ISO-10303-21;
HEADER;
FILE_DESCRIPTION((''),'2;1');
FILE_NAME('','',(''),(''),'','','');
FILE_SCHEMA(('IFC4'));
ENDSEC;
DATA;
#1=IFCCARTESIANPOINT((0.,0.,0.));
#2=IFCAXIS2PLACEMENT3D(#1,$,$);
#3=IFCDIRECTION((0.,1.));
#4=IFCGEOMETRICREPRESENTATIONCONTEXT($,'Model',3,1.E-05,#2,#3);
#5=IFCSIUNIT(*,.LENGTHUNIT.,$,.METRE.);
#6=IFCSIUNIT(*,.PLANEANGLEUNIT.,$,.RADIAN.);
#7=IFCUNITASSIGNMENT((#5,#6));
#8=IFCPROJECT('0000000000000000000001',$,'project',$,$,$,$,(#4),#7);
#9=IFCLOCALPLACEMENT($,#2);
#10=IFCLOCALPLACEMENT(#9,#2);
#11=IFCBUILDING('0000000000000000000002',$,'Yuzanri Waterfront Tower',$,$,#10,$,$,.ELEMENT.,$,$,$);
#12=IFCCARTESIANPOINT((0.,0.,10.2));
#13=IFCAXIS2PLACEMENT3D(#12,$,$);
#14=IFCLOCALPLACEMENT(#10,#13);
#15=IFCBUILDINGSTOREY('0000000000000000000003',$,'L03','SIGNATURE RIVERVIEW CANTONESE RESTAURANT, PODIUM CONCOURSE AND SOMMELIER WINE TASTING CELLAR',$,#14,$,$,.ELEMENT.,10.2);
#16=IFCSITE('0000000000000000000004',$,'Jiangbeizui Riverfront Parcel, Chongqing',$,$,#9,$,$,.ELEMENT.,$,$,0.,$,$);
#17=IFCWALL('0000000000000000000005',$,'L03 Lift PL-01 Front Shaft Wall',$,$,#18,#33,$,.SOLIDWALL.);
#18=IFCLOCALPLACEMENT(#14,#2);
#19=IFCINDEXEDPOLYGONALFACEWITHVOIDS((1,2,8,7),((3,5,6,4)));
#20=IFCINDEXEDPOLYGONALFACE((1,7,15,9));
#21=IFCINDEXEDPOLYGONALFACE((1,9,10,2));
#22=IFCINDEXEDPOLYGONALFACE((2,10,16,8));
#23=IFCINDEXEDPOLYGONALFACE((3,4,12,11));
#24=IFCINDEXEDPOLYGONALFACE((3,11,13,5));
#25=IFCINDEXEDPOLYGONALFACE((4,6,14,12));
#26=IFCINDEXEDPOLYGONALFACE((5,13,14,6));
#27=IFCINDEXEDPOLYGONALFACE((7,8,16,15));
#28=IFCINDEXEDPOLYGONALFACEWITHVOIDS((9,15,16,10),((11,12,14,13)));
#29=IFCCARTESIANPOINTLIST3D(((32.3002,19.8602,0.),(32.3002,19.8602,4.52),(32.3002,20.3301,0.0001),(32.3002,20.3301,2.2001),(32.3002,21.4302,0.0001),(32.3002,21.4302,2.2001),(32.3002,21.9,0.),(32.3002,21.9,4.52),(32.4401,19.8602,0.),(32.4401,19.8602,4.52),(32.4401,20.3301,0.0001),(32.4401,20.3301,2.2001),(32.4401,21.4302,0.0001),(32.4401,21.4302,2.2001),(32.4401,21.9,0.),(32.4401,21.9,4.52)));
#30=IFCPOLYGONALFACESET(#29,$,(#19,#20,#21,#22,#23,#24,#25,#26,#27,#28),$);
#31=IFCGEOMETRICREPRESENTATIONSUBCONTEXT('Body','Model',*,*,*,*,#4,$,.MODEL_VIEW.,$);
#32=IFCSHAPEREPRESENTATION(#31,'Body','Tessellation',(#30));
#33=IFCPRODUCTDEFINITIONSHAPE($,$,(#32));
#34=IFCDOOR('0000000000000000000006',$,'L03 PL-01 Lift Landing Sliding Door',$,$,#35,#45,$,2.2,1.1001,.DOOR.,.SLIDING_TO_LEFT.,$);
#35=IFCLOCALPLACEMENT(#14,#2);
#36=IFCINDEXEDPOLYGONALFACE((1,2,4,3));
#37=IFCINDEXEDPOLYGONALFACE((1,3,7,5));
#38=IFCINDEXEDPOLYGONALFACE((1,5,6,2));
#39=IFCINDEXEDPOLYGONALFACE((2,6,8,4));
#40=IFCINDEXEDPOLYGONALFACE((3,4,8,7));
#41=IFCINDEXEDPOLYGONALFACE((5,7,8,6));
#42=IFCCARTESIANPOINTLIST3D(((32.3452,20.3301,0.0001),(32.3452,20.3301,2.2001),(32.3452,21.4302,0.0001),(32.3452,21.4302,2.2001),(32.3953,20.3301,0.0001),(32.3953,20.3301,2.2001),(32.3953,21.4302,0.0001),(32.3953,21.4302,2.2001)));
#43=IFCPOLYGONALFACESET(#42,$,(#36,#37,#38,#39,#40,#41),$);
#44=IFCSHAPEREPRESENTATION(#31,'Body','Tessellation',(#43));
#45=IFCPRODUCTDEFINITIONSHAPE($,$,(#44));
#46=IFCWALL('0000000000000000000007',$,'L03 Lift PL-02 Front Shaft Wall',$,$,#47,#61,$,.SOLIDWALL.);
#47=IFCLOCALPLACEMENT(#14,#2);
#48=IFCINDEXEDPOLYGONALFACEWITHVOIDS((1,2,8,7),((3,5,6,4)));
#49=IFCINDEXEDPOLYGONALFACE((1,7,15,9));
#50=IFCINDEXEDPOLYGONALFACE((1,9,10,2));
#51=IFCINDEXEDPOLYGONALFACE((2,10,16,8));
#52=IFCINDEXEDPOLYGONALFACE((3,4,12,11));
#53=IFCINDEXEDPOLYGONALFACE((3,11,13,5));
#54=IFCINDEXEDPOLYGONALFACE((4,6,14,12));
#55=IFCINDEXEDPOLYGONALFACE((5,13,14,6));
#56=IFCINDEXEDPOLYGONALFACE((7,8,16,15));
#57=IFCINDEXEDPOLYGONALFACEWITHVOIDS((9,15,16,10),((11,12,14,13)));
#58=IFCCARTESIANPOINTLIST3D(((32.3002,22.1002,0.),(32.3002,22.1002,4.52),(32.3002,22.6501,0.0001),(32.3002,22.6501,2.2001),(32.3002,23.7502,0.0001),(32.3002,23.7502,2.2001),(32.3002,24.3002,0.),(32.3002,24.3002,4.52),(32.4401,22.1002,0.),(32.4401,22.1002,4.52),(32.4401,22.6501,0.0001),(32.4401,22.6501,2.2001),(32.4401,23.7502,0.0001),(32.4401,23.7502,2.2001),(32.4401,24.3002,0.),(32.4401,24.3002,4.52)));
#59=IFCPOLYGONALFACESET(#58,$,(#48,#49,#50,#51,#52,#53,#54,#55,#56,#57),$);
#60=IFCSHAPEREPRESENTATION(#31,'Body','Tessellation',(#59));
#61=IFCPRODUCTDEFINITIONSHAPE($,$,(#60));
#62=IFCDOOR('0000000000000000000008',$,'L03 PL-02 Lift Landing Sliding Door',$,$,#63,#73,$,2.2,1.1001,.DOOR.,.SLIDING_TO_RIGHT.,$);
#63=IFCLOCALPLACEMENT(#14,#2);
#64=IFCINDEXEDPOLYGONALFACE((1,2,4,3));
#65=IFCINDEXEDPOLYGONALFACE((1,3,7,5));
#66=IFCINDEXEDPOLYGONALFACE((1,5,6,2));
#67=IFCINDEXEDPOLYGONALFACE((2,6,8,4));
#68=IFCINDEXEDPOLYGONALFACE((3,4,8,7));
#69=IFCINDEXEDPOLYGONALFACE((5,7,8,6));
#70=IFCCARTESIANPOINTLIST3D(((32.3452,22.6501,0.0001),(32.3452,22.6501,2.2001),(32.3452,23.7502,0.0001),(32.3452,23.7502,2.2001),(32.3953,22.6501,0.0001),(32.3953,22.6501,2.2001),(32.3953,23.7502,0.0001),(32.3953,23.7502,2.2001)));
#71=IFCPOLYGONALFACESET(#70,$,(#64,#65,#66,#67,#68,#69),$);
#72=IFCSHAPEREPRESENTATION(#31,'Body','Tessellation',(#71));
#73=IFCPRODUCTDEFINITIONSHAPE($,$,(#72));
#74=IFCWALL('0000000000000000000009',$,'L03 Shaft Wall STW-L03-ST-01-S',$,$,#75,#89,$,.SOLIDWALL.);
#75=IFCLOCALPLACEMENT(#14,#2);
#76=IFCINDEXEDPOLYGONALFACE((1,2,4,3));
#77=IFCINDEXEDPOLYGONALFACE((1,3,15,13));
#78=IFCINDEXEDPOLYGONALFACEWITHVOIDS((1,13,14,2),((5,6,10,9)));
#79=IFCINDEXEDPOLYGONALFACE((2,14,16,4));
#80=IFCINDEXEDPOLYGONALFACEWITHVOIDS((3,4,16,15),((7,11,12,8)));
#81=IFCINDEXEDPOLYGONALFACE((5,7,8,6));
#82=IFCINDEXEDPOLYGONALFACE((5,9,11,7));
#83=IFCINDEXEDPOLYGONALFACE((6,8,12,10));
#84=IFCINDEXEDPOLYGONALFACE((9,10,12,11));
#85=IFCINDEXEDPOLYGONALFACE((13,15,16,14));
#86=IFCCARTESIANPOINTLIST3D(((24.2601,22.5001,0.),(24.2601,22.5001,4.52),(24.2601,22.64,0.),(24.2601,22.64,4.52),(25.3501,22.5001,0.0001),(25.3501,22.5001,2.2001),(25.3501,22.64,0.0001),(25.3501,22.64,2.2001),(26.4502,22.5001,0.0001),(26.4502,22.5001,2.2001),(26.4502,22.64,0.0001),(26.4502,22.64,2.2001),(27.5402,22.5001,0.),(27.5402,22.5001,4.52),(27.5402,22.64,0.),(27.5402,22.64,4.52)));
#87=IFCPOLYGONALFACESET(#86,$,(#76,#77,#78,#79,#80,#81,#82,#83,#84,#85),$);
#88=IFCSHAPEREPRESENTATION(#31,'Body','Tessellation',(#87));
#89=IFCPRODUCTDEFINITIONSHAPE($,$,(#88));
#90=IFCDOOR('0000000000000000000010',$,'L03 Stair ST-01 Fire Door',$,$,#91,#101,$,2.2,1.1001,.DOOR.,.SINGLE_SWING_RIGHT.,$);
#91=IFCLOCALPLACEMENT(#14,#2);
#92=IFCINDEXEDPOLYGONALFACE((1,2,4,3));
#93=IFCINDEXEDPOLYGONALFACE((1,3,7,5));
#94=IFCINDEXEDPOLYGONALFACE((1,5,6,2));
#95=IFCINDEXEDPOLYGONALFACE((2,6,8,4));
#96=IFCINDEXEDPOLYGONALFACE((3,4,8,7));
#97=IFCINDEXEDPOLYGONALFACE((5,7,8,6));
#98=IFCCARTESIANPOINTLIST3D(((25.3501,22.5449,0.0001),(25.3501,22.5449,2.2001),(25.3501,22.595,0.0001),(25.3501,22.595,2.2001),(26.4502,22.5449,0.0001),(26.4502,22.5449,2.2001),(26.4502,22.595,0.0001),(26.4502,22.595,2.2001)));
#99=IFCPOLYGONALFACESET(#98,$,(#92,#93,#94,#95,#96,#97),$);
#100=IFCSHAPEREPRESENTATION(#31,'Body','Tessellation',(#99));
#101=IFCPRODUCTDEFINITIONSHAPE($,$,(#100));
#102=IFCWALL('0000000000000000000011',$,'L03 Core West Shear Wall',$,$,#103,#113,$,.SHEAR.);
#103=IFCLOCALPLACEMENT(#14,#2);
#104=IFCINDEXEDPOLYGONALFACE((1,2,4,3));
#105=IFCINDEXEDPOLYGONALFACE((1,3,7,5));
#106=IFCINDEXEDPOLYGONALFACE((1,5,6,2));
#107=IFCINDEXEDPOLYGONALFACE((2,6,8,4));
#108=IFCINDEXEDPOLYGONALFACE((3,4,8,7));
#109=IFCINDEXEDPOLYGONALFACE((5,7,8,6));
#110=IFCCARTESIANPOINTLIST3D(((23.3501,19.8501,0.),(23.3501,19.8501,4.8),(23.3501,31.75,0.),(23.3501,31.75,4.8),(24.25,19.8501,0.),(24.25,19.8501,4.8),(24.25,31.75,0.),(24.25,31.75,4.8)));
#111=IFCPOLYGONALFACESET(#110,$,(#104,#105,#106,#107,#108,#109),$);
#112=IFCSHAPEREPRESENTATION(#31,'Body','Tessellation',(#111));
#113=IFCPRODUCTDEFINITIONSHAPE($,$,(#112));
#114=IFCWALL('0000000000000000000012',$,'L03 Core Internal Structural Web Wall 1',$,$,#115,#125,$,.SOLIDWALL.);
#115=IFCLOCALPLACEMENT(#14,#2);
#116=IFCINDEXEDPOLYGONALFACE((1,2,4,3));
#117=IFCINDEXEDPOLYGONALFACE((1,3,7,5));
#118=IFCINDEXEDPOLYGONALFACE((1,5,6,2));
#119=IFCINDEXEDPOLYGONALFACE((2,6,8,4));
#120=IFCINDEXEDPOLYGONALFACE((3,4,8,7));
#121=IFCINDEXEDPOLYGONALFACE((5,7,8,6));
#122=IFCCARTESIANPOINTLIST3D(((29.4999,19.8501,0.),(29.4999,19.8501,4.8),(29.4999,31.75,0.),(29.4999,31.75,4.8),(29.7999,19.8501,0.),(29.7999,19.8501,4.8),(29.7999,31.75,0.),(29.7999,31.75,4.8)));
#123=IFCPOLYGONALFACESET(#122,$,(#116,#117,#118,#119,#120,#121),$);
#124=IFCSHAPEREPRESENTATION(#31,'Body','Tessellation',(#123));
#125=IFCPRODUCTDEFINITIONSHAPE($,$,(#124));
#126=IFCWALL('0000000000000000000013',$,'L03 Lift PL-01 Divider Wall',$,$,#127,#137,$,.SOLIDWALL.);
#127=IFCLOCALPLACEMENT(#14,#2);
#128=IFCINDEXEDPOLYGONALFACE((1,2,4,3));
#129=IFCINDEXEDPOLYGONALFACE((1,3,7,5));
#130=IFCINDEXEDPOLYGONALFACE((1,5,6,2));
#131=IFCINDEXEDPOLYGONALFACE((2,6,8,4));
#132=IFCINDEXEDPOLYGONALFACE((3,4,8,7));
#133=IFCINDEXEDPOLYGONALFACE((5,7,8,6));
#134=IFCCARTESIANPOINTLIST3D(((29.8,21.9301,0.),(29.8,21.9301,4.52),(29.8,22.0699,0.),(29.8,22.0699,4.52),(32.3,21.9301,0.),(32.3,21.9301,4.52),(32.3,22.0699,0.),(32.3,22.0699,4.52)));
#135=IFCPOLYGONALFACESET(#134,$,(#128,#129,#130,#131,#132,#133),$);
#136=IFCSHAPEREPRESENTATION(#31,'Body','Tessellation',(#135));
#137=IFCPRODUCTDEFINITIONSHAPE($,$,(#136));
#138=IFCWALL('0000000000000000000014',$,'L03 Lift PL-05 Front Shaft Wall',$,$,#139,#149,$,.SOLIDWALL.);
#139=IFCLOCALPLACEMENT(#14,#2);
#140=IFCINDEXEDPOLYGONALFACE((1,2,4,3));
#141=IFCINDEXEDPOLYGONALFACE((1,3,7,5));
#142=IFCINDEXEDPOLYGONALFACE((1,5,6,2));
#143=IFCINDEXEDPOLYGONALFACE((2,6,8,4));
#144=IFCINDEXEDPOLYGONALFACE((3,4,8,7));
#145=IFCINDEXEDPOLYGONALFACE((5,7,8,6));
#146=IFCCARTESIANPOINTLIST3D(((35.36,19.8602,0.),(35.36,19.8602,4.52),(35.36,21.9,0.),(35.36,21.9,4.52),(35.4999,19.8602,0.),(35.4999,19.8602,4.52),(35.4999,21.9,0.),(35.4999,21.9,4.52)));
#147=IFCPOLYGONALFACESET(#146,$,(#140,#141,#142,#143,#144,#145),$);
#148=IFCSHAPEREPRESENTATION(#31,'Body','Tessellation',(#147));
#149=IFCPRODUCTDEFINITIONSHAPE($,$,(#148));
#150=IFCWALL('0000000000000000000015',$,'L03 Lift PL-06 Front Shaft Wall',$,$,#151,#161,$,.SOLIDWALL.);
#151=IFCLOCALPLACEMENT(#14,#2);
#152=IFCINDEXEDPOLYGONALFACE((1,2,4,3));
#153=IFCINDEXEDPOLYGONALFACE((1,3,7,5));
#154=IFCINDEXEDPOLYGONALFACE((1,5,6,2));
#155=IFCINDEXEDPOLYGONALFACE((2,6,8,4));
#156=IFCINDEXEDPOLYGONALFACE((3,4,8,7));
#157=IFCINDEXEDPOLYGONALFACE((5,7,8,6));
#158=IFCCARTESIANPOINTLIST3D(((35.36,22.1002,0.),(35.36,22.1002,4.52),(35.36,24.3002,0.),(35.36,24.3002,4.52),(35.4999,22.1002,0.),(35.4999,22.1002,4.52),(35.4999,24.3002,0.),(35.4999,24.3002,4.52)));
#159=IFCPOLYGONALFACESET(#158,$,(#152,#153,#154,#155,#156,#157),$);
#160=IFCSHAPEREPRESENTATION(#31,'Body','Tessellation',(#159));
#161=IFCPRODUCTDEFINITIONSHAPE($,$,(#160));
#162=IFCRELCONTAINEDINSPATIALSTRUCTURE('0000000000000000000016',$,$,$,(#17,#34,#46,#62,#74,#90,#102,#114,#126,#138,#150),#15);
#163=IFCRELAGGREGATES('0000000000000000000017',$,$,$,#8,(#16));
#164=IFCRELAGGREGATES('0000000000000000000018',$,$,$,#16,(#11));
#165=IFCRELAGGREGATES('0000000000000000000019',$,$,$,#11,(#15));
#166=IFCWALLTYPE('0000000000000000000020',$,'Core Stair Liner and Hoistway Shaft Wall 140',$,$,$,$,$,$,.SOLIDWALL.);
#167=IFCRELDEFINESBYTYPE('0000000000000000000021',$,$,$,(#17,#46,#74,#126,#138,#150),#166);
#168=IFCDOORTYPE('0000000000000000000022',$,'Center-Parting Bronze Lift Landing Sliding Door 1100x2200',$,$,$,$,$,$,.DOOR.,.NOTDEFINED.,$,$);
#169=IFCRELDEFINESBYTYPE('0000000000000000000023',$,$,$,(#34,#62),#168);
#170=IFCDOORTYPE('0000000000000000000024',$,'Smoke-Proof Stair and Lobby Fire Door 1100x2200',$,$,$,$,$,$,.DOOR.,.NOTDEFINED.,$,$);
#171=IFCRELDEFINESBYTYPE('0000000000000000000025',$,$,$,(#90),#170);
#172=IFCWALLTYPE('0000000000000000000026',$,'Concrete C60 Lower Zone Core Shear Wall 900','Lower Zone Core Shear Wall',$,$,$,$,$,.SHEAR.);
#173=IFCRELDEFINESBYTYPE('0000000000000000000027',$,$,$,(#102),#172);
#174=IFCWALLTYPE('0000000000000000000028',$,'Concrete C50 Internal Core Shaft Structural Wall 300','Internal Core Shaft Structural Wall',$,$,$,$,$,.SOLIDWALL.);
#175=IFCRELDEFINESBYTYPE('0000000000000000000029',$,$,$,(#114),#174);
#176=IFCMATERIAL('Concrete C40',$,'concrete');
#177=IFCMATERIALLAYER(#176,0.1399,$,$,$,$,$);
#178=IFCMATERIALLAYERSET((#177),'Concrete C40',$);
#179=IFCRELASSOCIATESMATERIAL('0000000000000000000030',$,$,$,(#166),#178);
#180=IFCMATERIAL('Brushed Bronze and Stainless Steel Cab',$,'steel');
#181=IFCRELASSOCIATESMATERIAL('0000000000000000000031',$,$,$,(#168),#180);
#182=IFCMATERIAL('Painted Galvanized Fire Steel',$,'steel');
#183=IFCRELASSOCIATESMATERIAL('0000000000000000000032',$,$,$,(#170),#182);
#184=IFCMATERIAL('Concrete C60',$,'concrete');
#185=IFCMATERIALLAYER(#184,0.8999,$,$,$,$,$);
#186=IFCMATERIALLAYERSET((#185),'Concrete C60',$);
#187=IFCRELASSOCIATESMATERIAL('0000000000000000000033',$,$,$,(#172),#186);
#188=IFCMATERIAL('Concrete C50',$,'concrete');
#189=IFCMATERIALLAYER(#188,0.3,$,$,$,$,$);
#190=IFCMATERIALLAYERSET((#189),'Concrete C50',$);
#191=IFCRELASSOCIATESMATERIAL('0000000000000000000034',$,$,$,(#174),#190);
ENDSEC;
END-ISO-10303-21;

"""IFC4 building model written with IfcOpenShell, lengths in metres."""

from ifc_helpers import new_model, si_unit, direction, frame, frame_2d, origin, place, context, subcontext, project, spatial, rectangle, extrude, source, transform, mapped, material, layer, layer_set, type_object, element, fill, save


model = new_model("IFC4")

# Units and contexts
model_context = context("Model", 3, precision=1e-05, world=origin(), true_north=direction((0.0, 1.0)))
body_context = subcontext(model_context, "Body", "Model", "MODEL_VIEW")
ifc_project = project(units=[si_unit("LENGTHUNIT", "METRE"), si_unit("PLANEANGLEUNIT", "RADIAN")], contexts=[model_context])

# Site, building, storey
site_placement = place(None, origin())
site = spatial("IfcSite", under=ifc_project, at=site_placement, Name="Jiangbeizui Riverfront Parcel, Chongqing", CompositionType="ELEMENT", RefElevation=0.0)
building_placement = place(site_placement, origin())
building = spatial("IfcBuilding", under=site, at=building_placement, Name="Yuzanri Waterfront Tower", CompositionType="ELEMENT")
storey_placement = place(building_placement, frame((0.0, 0.0, 10.2)))
storey = spatial("IfcBuildingStorey", under=building, at=storey_placement, Name="L03", Description="SIGNATURE RIVERVIEW CANTONESE RESTAURANT, PODIUM CONCOURSE AND SOMMELIER WINE TASTING CELLAR", CompositionType="ELEMENT", Elevation=10.2)

# Walls, openings, doors
ifc_material_1 = material(Name="Concrete C40", Category="concrete")
ifc_layer_1 = layer(ifc_material_1, 0.1399)
ifc_layer_set_1 = layer_set([ifc_layer_1], Name="Concrete C40")
wall_type_1 = type_object("IfcWallType", Name="Core Stair Liner and Hoistway Shaft Wall 140", PredefinedType="SOLIDWALL", material=ifc_layer_set_1)
wall_1_placement = place(storey_placement, frame((32.3701, 19.8601, 0.0), z_axis=(0.0, 0.0, 1.0), x_axis=(0.0, 1.0, 0.0)))
wall_1 = element("IfcWall", 1, at=wall_1_placement, inside=storey, type_object=wall_type_1, Name="L03 Lift PL-01 Front Shaft Wall", PredefinedType="SOLIDWALL", context=body_context, shape_type="SweptSolid", body=[
    extrude(rectangle(XDim=2.0398, YDim=0.1399, at=frame_2d((1.02, 0.0))), origin(), (0.0, 0.0, 1.0), 4.52),
])
opening_1_placement = place(wall_1_placement, frame((0.47, 0.0, 0.0)))
opening_1 = element("IfcOpeningElement", 2, at=opening_1_placement, cuts=wall_1, PredefinedType="OPENING", context=body_context, shape_type="SweptSolid", body=[
    extrude(rectangle(XDim=1.1001, YDim=2.2, at=frame_2d((0.55, 1.1001))), frame((0.0, 0.085, 0.0), z_axis=(0.0, -1.0, 0.0), x_axis=(1.0, 0.0, 0.0)), (0.0, 0.0, 1.0), 0.1697),
])
ifc_material_2 = material(Name="Brushed Bronze and Stainless Steel Cab", Category="steel")
door_type_1 = type_object("IfcDoorType", Name="Center-Parting Bronze Lift Landing Sliding Door 1100x2200", OperationType="NOTDEFINED", PredefinedType="DOOR", material=ifc_material_2)
shared_shape_1 = source(origin(), body_context, "Body", "SweptSolid", [
    extrude(rectangle(XDim=1.1001, YDim=2.2, at=frame_2d((0.55, 1.1001))), frame((0.0, 0.0249, 0.0), z_axis=(0.0, -1.0, 0.0), x_axis=(1.0, 0.0, 0.0)), (0.0, 0.0, 1.0), 0.05),
])
door_1_placement = place(opening_1_placement, origin())
door_1 = element("IfcDoor", 3, at=door_1_placement, inside=storey, type_object=door_type_1, Name="L03 PL-01 Lift Landing Sliding Door", OperationType="SLIDING_TO_LEFT", OverallHeight=2.2, OverallWidth=1.1001, PredefinedType="DOOR", context=body_context, shape_type="MappedRepresentation", body=[
    mapped(shared_shape_1, transform((0.0, 0.0, 0.0), scale=1.0)),
])
fill(opening_1, door_1)
wall_2_placement = place(storey_placement, frame((32.3701, 22.1001, 0.0), z_axis=(0.0, 0.0, 1.0), x_axis=(0.0, 1.0, 0.0)))
wall_2 = element("IfcWall", 4, at=wall_2_placement, inside=storey, type_object=wall_type_1, Name="L03 Lift PL-02 Front Shaft Wall", PredefinedType="SOLIDWALL", context=body_context, shape_type="SweptSolid", body=[
    extrude(rectangle(XDim=2.2, YDim=0.1399, at=frame_2d((1.1001, 0.0))), origin(), (0.0, 0.0, 1.0), 4.52),
])
opening_2_placement = place(wall_2_placement, frame((0.55, 0.0, 0.0)))
opening_2 = element("IfcOpeningElement", 5, at=opening_2_placement, cuts=wall_2, PredefinedType="OPENING", context=body_context, shape_type="SweptSolid", body=[
    extrude(rectangle(XDim=1.1001, YDim=2.2, at=frame_2d((0.55, 1.1001))), frame((0.0, 0.085, 0.0), z_axis=(0.0, -1.0, 0.0), x_axis=(1.0, 0.0, 0.0)), (0.0, 0.0, 1.0), 0.1697),
])
door_2_placement = place(opening_2_placement, origin())
door_2 = element("IfcDoor", 6, at=door_2_placement, inside=storey, type_object=door_type_1, Name="L03 PL-02 Lift Landing Sliding Door", OperationType="SLIDING_TO_RIGHT", OverallHeight=2.2, OverallWidth=1.1001, PredefinedType="DOOR", context=body_context, shape_type="MappedRepresentation", body=[
    mapped(shared_shape_1, transform((0.0, 0.0, 0.0), scale=1.0)),
])
fill(opening_2, door_2)
wall_3_placement = place(storey_placement, frame((24.26, 22.5701, 0.0), z_axis=(0.0, 0.0, 1.0), x_axis=(1.0, 0.0, 0.0)))
wall_3 = element("IfcWall", 7, at=wall_3_placement, inside=storey, type_object=wall_type_1, Name="L03 Shaft Wall STW-L03-ST-01-S", PredefinedType="SOLIDWALL", context=body_context, shape_type="SweptSolid", body=[
    extrude(rectangle(XDim=3.28, YDim=0.1399, at=frame_2d((1.6401, 0.0))), origin(), (0.0, 0.0, 1.0), 4.52),
])
opening_3_placement = place(wall_3_placement, frame((1.0901, 0.0, 0.0)))
opening_3 = element("IfcOpeningElement", 8, at=opening_3_placement, cuts=wall_3, PredefinedType="OPENING", context=body_context, shape_type="SweptSolid", body=[
    extrude(rectangle(XDim=1.1001, YDim=2.2, at=frame_2d((0.55, 1.1001))), frame((0.0, 0.085, 0.0), z_axis=(0.0, -1.0, 0.0), x_axis=(1.0, 0.0, 0.0)), (0.0, 0.0, 1.0), 0.1697),
])
ifc_material_3 = material(Name="Painted Galvanized Fire Steel", Category="steel")
door_type_2 = type_object("IfcDoorType", Name="Smoke-Proof Stair and Lobby Fire Door 1100x2200", OperationType="NOTDEFINED", PredefinedType="DOOR", material=ifc_material_3)
shared_shape_2 = source(origin(), body_context, "Body", "SweptSolid", [
    extrude(rectangle(XDim=1.1001, YDim=2.2, at=frame_2d((0.55, 1.1001))), frame((0.0, 0.0249, 0.0), z_axis=(0.0, -1.0, 0.0), x_axis=(1.0, 0.0, 0.0)), (0.0, 0.0, 1.0), 0.05),
])
door_3_placement = place(opening_3_placement, origin())
door_3 = element("IfcDoor", 9, at=door_3_placement, inside=storey, type_object=door_type_2, Name="L03 Stair ST-01 Fire Door", OperationType="SINGLE_SWING_RIGHT", OverallHeight=2.2, OverallWidth=1.1001, PredefinedType="DOOR", context=body_context, shape_type="MappedRepresentation", body=[
    mapped(shared_shape_2, transform((0.0, 0.0, 0.0), scale=1.0)),
])
fill(opening_3, door_3)

# Walls
ifc_material_4 = material(Name="Concrete C60", Category="concrete")
ifc_layer_2 = layer(ifc_material_4, 0.8999)
ifc_layer_set_2 = layer_set([ifc_layer_2], Name="Concrete C60")
wall_type_2 = type_object("IfcWallType", Name="Concrete C60 Lower Zone Core Shear Wall 900", Description="Lower Zone Core Shear Wall", PredefinedType="SHEAR", material=ifc_layer_set_2)
shared_shape_3 = source(origin(), body_context, "Body", "SweptSolid", [
    extrude(rectangle(XDim=11.8999, YDim=0.8999, at=frame_2d((5.95, 0.0))), origin(), (0.0, 0.0, 1.0), 4.8),
])
wall_4_placement = place(storey_placement, frame((23.8, 19.8501, 0.0), z_axis=(0.0, 0.0, 1.0), x_axis=(0.0, 1.0, 0.0)))
element("IfcWall", 10, at=wall_4_placement, inside=storey, type_object=wall_type_2, Name="L03 Core West Shear Wall", PredefinedType="SHEAR", context=body_context, shape_type="MappedRepresentation", body=[
    mapped(shared_shape_3, transform((0.0, 0.0, 0.0), scale=1.0)),
])
ifc_material_5 = material(Name="Concrete C50", Category="concrete")
ifc_layer_3 = layer(ifc_material_5, 0.3)
ifc_layer_set_3 = layer_set([ifc_layer_3], Name="Concrete C50")
wall_type_3 = type_object("IfcWallType", Name="Concrete C50 Internal Core Shaft Structural Wall 300", Description="Internal Core Shaft Structural Wall", PredefinedType="SOLIDWALL", material=ifc_layer_set_3)
shared_shape_4 = source(origin(), body_context, "Body", "SweptSolid", [
    extrude(rectangle(XDim=11.8999, YDim=0.3, at=frame_2d((5.95, 0.0))), origin(), (0.0, 0.0, 1.0), 4.8),
])
wall_5_placement = place(storey_placement, frame((29.6499, 19.8501, 0.0), z_axis=(0.0, 0.0, 1.0), x_axis=(0.0, 1.0, 0.0)))
element("IfcWall", 11, at=wall_5_placement, inside=storey, type_object=wall_type_3, Name="L03 Core Internal Structural Web Wall 1", PredefinedType="SOLIDWALL", context=body_context, shape_type="MappedRepresentation", body=[
    mapped(shared_shape_4, transform((0.0, 0.0, 0.0), scale=1.0)),
])
shared_shape_5 = source(origin(), body_context, "Body", "SweptSolid", [
    extrude(rectangle(XDim=2.5, YDim=0.1399, at=frame_2d((1.25, 0.0))), origin(), (0.0, 0.0, 1.0), 4.52),
])
wall_6_placement = place(storey_placement, frame((29.8, 22.0, 0.0), z_axis=(0.0, 0.0, 1.0), x_axis=(1.0, 0.0, 0.0)))
element("IfcWall", 12, at=wall_6_placement, inside=storey, type_object=wall_type_1, Name="L03 Lift PL-01 Divider Wall", PredefinedType="SOLIDWALL", context=body_context, shape_type="MappedRepresentation", body=[
    mapped(shared_shape_5, transform((0.0, 0.0, 0.0), scale=1.0)),
])
shared_shape_6 = source(origin(), body_context, "Body", "SweptSolid", [
    extrude(rectangle(XDim=2.0398, YDim=0.1399, at=frame_2d((1.02, 0.0))), origin(), (0.0, 0.0, 1.0), 4.52),
])
wall_7_placement = place(storey_placement, frame((35.4299, 19.8601, 0.0), z_axis=(0.0, 0.0, 1.0), x_axis=(0.0, 1.0, 0.0)))
element("IfcWall", 13, at=wall_7_placement, inside=storey, type_object=wall_type_1, Name="L03 Lift PL-05 Front Shaft Wall", PredefinedType="SOLIDWALL", context=body_context, shape_type="MappedRepresentation", body=[
    mapped(shared_shape_6, transform((0.0, 0.0, 0.0), scale=1.0)),
])
shared_shape_7 = source(origin(), body_context, "Body", "SweptSolid", [
    extrude(rectangle(XDim=2.2, YDim=0.1399, at=frame_2d((1.1001, 0.0))), origin(), (0.0, 0.0, 1.0), 4.52),
])
wall_8_placement = place(storey_placement, frame((35.4299, 22.1001, 0.0), z_axis=(0.0, 0.0, 1.0), x_axis=(0.0, 1.0, 0.0)))
element("IfcWall", 14, at=wall_8_placement, inside=storey, type_object=wall_type_1, Name="L03 Lift PL-06 Front Shaft Wall", PredefinedType="SOLIDWALL", context=body_context, shape_type="MappedRepresentation", body=[
    mapped(shared_shape_7, transform((0.0, 0.0, 0.0), scale=1.0)),
])

save(model, "model.ifc")
